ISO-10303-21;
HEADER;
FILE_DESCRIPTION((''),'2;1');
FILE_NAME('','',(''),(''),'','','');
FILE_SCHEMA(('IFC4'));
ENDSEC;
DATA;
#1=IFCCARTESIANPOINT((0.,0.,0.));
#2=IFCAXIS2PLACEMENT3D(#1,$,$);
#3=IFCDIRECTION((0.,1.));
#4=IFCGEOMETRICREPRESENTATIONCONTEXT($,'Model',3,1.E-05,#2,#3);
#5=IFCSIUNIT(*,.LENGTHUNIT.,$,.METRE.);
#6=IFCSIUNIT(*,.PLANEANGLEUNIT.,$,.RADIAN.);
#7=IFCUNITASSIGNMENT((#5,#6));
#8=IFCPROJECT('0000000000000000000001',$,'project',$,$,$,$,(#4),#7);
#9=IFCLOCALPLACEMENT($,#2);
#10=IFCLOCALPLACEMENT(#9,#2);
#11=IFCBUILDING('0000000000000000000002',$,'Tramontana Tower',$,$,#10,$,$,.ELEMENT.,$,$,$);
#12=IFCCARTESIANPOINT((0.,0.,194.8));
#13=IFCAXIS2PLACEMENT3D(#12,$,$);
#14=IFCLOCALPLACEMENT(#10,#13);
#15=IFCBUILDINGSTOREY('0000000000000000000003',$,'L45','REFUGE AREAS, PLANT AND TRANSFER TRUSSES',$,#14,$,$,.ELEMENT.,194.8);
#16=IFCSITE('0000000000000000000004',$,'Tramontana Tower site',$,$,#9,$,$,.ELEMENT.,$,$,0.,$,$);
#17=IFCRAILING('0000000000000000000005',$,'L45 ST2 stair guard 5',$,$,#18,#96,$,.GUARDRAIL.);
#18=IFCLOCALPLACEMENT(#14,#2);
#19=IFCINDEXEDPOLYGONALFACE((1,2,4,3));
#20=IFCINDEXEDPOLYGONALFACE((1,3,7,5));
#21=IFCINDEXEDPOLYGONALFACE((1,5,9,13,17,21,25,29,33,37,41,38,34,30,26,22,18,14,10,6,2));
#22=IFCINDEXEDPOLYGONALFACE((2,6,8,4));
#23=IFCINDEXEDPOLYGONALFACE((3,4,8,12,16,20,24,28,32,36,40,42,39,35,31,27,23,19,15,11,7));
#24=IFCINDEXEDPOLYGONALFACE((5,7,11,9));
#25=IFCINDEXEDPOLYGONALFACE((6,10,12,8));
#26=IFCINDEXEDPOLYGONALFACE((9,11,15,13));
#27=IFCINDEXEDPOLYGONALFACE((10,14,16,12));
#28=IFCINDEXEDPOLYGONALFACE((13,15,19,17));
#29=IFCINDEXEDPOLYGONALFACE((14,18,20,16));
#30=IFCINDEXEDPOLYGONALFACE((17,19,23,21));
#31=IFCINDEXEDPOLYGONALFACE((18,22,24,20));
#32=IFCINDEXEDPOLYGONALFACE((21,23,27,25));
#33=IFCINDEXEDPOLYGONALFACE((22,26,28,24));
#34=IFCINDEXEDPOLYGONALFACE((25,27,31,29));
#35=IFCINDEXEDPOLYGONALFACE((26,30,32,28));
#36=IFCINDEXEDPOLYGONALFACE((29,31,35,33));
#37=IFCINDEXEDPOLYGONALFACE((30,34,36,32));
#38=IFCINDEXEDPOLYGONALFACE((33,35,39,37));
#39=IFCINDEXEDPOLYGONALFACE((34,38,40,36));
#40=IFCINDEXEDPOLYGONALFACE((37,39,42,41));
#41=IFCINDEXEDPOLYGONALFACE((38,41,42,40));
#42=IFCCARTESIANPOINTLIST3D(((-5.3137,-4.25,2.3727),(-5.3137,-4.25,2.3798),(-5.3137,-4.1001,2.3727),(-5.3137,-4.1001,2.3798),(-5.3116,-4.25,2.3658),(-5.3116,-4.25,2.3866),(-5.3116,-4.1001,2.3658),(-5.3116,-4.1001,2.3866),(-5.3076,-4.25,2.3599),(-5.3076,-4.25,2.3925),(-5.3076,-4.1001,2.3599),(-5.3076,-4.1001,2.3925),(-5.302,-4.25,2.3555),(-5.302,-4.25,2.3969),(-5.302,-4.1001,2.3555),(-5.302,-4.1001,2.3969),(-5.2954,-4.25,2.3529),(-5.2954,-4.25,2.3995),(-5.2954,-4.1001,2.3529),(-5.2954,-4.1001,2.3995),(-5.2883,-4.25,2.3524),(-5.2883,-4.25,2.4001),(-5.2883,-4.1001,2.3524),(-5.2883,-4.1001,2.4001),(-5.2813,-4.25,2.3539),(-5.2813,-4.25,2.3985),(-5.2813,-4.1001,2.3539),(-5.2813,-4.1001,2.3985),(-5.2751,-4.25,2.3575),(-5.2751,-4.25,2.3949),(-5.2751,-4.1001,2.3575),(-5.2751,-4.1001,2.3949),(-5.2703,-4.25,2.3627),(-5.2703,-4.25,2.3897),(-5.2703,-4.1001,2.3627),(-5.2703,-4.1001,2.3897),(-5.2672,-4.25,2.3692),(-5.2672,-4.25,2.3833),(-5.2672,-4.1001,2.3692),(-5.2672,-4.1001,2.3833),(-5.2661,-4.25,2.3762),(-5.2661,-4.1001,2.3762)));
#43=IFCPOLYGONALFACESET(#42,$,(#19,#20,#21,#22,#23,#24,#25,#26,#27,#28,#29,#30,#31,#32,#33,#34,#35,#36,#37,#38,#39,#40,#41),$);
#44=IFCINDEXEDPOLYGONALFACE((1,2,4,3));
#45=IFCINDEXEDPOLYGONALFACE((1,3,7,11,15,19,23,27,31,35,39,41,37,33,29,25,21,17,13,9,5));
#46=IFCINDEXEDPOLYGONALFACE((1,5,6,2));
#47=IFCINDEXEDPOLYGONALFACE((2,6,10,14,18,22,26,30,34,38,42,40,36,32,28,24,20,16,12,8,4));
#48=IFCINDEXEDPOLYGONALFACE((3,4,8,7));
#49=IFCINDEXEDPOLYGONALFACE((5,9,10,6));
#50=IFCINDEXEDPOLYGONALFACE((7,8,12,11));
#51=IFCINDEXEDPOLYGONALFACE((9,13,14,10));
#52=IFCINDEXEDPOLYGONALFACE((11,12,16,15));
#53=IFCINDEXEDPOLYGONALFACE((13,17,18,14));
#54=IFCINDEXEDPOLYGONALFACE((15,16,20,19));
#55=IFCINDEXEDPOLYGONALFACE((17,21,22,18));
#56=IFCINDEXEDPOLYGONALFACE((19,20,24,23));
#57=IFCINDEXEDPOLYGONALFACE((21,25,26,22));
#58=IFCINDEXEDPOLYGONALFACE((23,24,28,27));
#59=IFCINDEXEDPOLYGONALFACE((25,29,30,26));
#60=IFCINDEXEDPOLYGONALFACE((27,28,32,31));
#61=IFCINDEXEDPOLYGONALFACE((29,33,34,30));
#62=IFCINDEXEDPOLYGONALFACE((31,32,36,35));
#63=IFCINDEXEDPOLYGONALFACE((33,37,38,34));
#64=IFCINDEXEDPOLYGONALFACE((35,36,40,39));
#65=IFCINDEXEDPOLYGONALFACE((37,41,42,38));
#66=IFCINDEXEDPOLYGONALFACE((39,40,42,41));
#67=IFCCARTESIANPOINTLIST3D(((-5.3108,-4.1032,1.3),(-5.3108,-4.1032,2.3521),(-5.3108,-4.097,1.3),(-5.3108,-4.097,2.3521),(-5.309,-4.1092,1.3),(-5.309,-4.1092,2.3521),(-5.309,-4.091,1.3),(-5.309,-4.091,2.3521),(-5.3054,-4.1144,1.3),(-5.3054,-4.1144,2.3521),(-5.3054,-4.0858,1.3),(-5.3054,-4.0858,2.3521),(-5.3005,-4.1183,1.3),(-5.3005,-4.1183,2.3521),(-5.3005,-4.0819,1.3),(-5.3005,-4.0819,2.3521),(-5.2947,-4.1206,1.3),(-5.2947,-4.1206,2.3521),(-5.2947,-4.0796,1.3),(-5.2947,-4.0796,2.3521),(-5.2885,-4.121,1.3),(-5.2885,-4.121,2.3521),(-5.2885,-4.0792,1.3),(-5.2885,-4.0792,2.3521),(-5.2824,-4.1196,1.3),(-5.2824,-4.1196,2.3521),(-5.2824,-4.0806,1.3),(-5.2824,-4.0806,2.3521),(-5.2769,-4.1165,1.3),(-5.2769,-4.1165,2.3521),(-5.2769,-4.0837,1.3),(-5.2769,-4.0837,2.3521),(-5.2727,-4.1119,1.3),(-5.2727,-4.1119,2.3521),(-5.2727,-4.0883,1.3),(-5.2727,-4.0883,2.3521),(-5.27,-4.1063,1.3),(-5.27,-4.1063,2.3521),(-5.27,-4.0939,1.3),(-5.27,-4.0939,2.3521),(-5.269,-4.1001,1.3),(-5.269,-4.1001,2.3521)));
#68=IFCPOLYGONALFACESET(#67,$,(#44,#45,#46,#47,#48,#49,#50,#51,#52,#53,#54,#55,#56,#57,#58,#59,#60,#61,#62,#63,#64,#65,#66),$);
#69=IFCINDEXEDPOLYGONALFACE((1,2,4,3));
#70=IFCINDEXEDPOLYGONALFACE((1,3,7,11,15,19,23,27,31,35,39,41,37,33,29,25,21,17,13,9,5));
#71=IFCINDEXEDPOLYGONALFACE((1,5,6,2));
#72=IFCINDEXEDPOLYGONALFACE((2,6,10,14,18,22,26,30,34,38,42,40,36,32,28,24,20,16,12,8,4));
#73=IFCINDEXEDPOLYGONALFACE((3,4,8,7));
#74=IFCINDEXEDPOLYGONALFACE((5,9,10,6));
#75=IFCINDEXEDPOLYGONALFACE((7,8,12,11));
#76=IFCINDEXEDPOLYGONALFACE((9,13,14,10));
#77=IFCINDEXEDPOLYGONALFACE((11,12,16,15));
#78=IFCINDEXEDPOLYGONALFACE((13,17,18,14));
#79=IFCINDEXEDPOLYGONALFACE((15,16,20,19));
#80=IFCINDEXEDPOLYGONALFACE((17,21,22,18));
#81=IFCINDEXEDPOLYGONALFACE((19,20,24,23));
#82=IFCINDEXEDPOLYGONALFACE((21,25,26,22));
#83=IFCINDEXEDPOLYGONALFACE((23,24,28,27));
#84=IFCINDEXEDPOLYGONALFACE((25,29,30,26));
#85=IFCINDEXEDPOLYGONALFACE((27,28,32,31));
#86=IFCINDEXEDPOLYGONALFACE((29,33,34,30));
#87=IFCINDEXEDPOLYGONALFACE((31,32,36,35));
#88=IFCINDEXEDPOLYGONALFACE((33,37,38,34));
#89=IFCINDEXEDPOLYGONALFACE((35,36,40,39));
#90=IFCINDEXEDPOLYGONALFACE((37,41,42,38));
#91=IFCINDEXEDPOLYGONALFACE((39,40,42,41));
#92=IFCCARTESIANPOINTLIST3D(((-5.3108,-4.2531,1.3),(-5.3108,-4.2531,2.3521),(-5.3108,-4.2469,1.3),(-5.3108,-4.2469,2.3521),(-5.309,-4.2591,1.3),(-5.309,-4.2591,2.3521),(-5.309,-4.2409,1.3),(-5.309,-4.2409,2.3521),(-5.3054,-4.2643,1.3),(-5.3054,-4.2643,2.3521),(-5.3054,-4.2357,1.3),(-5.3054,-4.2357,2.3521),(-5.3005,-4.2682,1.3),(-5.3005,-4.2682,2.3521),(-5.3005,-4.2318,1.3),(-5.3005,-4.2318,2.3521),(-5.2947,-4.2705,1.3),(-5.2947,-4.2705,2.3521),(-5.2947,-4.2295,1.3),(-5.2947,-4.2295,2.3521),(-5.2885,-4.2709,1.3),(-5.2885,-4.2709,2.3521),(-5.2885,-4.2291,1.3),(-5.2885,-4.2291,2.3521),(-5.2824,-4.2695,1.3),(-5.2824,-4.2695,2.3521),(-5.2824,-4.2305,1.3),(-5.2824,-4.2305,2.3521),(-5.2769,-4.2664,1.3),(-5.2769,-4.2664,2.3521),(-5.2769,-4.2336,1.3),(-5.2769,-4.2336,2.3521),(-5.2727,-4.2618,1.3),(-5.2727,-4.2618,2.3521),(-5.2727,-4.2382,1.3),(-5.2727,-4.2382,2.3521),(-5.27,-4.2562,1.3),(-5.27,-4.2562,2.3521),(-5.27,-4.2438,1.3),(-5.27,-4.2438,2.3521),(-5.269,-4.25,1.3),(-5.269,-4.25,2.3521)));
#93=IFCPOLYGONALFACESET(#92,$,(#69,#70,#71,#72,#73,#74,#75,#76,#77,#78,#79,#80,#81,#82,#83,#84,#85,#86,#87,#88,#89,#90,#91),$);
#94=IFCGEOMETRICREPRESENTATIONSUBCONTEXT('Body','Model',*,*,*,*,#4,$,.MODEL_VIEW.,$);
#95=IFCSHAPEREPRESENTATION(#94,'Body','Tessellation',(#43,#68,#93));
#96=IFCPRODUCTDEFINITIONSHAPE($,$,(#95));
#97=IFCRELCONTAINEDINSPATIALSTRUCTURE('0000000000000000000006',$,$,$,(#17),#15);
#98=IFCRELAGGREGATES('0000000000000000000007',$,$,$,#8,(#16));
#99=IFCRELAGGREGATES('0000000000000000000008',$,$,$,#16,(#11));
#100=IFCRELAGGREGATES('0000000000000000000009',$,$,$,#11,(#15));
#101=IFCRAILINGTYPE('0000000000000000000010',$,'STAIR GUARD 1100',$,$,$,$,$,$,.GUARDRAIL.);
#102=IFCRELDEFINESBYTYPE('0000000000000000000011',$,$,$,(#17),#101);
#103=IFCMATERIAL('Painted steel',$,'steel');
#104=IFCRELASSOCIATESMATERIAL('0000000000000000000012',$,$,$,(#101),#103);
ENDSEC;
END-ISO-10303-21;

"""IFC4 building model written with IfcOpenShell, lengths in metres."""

from ifc_helpers import new_model, si_unit, direction, frame, origin, origin_2d, place, context, subcontext, project, spatial, circle, extrude, material, type_object, element, save


model = new_model("IFC4")

# Units and contexts
model_context = context("Model", 3, precision=1e-05, world=origin(), true_north=direction((0.0, 1.0)))
body_context = subcontext(model_context, "Body", "Model", "MODEL_VIEW")
ifc_project = project(units=[si_unit("LENGTHUNIT", "METRE"), si_unit("PLANEANGLEUNIT", "RADIAN")], contexts=[model_context])

# Site, building, storey
site_placement = place(None, origin())
site = spatial("IfcSite", under=ifc_project, at=site_placement, Name="Tramontana Tower site", CompositionType="ELEMENT", RefElevation=0.0)
building_placement = place(site_placement, origin())
building = spatial("IfcBuilding", under=site, at=building_placement, Name="Tramontana Tower", CompositionType="ELEMENT")
storey_placement = place(building_placement, frame((0.0, 0.0, 194.8)))
storey = spatial("IfcBuildingStorey", under=building, at=storey_placement, Name="L45", Description="REFUGE AREAS, PLANT AND TRANSFER TRUSSES", CompositionType="ELEMENT", Elevation=194.8)

# Railing
ifc_material_1 = material(Name="Painted steel", Category="steel")
railing_type_1 = type_object("IfcRailingType", Name="STAIR GUARD 1100", PredefinedType="GUARDRAIL", material=ifc_material_1)
railing_1_placement = place(storey_placement, frame((-5.29, -4.1001, 1.3)))
element("IfcRailing", 1, at=railing_1_placement, inside=storey, type_object=railing_type_1, Name="L45 ST2 stair guard 5", PredefinedType="GUARDRAIL", context=body_context, shape_type="SweptSolid", body=[
    extrude(circle(Radius=0.0239, at=origin_2d()), frame((0.0, 0.0, 1.0762), z_axis=(0.0, -1.0, 0.0), x_axis=(1.0, 0.0, 0.0)), (0.0, 0.0, 1.0), 0.1499),
    extrude(circle(Radius=0.021, at=origin_2d()), origin(), (0.0, 0.0, 1.0), 1.052),
    extrude(circle(Radius=0.021, at=origin_2d()), frame((0.0, -0.1499, 0.0)), (0.0, 0.0, 1.0), 1.052),
])

save(model, "model.ifc")
